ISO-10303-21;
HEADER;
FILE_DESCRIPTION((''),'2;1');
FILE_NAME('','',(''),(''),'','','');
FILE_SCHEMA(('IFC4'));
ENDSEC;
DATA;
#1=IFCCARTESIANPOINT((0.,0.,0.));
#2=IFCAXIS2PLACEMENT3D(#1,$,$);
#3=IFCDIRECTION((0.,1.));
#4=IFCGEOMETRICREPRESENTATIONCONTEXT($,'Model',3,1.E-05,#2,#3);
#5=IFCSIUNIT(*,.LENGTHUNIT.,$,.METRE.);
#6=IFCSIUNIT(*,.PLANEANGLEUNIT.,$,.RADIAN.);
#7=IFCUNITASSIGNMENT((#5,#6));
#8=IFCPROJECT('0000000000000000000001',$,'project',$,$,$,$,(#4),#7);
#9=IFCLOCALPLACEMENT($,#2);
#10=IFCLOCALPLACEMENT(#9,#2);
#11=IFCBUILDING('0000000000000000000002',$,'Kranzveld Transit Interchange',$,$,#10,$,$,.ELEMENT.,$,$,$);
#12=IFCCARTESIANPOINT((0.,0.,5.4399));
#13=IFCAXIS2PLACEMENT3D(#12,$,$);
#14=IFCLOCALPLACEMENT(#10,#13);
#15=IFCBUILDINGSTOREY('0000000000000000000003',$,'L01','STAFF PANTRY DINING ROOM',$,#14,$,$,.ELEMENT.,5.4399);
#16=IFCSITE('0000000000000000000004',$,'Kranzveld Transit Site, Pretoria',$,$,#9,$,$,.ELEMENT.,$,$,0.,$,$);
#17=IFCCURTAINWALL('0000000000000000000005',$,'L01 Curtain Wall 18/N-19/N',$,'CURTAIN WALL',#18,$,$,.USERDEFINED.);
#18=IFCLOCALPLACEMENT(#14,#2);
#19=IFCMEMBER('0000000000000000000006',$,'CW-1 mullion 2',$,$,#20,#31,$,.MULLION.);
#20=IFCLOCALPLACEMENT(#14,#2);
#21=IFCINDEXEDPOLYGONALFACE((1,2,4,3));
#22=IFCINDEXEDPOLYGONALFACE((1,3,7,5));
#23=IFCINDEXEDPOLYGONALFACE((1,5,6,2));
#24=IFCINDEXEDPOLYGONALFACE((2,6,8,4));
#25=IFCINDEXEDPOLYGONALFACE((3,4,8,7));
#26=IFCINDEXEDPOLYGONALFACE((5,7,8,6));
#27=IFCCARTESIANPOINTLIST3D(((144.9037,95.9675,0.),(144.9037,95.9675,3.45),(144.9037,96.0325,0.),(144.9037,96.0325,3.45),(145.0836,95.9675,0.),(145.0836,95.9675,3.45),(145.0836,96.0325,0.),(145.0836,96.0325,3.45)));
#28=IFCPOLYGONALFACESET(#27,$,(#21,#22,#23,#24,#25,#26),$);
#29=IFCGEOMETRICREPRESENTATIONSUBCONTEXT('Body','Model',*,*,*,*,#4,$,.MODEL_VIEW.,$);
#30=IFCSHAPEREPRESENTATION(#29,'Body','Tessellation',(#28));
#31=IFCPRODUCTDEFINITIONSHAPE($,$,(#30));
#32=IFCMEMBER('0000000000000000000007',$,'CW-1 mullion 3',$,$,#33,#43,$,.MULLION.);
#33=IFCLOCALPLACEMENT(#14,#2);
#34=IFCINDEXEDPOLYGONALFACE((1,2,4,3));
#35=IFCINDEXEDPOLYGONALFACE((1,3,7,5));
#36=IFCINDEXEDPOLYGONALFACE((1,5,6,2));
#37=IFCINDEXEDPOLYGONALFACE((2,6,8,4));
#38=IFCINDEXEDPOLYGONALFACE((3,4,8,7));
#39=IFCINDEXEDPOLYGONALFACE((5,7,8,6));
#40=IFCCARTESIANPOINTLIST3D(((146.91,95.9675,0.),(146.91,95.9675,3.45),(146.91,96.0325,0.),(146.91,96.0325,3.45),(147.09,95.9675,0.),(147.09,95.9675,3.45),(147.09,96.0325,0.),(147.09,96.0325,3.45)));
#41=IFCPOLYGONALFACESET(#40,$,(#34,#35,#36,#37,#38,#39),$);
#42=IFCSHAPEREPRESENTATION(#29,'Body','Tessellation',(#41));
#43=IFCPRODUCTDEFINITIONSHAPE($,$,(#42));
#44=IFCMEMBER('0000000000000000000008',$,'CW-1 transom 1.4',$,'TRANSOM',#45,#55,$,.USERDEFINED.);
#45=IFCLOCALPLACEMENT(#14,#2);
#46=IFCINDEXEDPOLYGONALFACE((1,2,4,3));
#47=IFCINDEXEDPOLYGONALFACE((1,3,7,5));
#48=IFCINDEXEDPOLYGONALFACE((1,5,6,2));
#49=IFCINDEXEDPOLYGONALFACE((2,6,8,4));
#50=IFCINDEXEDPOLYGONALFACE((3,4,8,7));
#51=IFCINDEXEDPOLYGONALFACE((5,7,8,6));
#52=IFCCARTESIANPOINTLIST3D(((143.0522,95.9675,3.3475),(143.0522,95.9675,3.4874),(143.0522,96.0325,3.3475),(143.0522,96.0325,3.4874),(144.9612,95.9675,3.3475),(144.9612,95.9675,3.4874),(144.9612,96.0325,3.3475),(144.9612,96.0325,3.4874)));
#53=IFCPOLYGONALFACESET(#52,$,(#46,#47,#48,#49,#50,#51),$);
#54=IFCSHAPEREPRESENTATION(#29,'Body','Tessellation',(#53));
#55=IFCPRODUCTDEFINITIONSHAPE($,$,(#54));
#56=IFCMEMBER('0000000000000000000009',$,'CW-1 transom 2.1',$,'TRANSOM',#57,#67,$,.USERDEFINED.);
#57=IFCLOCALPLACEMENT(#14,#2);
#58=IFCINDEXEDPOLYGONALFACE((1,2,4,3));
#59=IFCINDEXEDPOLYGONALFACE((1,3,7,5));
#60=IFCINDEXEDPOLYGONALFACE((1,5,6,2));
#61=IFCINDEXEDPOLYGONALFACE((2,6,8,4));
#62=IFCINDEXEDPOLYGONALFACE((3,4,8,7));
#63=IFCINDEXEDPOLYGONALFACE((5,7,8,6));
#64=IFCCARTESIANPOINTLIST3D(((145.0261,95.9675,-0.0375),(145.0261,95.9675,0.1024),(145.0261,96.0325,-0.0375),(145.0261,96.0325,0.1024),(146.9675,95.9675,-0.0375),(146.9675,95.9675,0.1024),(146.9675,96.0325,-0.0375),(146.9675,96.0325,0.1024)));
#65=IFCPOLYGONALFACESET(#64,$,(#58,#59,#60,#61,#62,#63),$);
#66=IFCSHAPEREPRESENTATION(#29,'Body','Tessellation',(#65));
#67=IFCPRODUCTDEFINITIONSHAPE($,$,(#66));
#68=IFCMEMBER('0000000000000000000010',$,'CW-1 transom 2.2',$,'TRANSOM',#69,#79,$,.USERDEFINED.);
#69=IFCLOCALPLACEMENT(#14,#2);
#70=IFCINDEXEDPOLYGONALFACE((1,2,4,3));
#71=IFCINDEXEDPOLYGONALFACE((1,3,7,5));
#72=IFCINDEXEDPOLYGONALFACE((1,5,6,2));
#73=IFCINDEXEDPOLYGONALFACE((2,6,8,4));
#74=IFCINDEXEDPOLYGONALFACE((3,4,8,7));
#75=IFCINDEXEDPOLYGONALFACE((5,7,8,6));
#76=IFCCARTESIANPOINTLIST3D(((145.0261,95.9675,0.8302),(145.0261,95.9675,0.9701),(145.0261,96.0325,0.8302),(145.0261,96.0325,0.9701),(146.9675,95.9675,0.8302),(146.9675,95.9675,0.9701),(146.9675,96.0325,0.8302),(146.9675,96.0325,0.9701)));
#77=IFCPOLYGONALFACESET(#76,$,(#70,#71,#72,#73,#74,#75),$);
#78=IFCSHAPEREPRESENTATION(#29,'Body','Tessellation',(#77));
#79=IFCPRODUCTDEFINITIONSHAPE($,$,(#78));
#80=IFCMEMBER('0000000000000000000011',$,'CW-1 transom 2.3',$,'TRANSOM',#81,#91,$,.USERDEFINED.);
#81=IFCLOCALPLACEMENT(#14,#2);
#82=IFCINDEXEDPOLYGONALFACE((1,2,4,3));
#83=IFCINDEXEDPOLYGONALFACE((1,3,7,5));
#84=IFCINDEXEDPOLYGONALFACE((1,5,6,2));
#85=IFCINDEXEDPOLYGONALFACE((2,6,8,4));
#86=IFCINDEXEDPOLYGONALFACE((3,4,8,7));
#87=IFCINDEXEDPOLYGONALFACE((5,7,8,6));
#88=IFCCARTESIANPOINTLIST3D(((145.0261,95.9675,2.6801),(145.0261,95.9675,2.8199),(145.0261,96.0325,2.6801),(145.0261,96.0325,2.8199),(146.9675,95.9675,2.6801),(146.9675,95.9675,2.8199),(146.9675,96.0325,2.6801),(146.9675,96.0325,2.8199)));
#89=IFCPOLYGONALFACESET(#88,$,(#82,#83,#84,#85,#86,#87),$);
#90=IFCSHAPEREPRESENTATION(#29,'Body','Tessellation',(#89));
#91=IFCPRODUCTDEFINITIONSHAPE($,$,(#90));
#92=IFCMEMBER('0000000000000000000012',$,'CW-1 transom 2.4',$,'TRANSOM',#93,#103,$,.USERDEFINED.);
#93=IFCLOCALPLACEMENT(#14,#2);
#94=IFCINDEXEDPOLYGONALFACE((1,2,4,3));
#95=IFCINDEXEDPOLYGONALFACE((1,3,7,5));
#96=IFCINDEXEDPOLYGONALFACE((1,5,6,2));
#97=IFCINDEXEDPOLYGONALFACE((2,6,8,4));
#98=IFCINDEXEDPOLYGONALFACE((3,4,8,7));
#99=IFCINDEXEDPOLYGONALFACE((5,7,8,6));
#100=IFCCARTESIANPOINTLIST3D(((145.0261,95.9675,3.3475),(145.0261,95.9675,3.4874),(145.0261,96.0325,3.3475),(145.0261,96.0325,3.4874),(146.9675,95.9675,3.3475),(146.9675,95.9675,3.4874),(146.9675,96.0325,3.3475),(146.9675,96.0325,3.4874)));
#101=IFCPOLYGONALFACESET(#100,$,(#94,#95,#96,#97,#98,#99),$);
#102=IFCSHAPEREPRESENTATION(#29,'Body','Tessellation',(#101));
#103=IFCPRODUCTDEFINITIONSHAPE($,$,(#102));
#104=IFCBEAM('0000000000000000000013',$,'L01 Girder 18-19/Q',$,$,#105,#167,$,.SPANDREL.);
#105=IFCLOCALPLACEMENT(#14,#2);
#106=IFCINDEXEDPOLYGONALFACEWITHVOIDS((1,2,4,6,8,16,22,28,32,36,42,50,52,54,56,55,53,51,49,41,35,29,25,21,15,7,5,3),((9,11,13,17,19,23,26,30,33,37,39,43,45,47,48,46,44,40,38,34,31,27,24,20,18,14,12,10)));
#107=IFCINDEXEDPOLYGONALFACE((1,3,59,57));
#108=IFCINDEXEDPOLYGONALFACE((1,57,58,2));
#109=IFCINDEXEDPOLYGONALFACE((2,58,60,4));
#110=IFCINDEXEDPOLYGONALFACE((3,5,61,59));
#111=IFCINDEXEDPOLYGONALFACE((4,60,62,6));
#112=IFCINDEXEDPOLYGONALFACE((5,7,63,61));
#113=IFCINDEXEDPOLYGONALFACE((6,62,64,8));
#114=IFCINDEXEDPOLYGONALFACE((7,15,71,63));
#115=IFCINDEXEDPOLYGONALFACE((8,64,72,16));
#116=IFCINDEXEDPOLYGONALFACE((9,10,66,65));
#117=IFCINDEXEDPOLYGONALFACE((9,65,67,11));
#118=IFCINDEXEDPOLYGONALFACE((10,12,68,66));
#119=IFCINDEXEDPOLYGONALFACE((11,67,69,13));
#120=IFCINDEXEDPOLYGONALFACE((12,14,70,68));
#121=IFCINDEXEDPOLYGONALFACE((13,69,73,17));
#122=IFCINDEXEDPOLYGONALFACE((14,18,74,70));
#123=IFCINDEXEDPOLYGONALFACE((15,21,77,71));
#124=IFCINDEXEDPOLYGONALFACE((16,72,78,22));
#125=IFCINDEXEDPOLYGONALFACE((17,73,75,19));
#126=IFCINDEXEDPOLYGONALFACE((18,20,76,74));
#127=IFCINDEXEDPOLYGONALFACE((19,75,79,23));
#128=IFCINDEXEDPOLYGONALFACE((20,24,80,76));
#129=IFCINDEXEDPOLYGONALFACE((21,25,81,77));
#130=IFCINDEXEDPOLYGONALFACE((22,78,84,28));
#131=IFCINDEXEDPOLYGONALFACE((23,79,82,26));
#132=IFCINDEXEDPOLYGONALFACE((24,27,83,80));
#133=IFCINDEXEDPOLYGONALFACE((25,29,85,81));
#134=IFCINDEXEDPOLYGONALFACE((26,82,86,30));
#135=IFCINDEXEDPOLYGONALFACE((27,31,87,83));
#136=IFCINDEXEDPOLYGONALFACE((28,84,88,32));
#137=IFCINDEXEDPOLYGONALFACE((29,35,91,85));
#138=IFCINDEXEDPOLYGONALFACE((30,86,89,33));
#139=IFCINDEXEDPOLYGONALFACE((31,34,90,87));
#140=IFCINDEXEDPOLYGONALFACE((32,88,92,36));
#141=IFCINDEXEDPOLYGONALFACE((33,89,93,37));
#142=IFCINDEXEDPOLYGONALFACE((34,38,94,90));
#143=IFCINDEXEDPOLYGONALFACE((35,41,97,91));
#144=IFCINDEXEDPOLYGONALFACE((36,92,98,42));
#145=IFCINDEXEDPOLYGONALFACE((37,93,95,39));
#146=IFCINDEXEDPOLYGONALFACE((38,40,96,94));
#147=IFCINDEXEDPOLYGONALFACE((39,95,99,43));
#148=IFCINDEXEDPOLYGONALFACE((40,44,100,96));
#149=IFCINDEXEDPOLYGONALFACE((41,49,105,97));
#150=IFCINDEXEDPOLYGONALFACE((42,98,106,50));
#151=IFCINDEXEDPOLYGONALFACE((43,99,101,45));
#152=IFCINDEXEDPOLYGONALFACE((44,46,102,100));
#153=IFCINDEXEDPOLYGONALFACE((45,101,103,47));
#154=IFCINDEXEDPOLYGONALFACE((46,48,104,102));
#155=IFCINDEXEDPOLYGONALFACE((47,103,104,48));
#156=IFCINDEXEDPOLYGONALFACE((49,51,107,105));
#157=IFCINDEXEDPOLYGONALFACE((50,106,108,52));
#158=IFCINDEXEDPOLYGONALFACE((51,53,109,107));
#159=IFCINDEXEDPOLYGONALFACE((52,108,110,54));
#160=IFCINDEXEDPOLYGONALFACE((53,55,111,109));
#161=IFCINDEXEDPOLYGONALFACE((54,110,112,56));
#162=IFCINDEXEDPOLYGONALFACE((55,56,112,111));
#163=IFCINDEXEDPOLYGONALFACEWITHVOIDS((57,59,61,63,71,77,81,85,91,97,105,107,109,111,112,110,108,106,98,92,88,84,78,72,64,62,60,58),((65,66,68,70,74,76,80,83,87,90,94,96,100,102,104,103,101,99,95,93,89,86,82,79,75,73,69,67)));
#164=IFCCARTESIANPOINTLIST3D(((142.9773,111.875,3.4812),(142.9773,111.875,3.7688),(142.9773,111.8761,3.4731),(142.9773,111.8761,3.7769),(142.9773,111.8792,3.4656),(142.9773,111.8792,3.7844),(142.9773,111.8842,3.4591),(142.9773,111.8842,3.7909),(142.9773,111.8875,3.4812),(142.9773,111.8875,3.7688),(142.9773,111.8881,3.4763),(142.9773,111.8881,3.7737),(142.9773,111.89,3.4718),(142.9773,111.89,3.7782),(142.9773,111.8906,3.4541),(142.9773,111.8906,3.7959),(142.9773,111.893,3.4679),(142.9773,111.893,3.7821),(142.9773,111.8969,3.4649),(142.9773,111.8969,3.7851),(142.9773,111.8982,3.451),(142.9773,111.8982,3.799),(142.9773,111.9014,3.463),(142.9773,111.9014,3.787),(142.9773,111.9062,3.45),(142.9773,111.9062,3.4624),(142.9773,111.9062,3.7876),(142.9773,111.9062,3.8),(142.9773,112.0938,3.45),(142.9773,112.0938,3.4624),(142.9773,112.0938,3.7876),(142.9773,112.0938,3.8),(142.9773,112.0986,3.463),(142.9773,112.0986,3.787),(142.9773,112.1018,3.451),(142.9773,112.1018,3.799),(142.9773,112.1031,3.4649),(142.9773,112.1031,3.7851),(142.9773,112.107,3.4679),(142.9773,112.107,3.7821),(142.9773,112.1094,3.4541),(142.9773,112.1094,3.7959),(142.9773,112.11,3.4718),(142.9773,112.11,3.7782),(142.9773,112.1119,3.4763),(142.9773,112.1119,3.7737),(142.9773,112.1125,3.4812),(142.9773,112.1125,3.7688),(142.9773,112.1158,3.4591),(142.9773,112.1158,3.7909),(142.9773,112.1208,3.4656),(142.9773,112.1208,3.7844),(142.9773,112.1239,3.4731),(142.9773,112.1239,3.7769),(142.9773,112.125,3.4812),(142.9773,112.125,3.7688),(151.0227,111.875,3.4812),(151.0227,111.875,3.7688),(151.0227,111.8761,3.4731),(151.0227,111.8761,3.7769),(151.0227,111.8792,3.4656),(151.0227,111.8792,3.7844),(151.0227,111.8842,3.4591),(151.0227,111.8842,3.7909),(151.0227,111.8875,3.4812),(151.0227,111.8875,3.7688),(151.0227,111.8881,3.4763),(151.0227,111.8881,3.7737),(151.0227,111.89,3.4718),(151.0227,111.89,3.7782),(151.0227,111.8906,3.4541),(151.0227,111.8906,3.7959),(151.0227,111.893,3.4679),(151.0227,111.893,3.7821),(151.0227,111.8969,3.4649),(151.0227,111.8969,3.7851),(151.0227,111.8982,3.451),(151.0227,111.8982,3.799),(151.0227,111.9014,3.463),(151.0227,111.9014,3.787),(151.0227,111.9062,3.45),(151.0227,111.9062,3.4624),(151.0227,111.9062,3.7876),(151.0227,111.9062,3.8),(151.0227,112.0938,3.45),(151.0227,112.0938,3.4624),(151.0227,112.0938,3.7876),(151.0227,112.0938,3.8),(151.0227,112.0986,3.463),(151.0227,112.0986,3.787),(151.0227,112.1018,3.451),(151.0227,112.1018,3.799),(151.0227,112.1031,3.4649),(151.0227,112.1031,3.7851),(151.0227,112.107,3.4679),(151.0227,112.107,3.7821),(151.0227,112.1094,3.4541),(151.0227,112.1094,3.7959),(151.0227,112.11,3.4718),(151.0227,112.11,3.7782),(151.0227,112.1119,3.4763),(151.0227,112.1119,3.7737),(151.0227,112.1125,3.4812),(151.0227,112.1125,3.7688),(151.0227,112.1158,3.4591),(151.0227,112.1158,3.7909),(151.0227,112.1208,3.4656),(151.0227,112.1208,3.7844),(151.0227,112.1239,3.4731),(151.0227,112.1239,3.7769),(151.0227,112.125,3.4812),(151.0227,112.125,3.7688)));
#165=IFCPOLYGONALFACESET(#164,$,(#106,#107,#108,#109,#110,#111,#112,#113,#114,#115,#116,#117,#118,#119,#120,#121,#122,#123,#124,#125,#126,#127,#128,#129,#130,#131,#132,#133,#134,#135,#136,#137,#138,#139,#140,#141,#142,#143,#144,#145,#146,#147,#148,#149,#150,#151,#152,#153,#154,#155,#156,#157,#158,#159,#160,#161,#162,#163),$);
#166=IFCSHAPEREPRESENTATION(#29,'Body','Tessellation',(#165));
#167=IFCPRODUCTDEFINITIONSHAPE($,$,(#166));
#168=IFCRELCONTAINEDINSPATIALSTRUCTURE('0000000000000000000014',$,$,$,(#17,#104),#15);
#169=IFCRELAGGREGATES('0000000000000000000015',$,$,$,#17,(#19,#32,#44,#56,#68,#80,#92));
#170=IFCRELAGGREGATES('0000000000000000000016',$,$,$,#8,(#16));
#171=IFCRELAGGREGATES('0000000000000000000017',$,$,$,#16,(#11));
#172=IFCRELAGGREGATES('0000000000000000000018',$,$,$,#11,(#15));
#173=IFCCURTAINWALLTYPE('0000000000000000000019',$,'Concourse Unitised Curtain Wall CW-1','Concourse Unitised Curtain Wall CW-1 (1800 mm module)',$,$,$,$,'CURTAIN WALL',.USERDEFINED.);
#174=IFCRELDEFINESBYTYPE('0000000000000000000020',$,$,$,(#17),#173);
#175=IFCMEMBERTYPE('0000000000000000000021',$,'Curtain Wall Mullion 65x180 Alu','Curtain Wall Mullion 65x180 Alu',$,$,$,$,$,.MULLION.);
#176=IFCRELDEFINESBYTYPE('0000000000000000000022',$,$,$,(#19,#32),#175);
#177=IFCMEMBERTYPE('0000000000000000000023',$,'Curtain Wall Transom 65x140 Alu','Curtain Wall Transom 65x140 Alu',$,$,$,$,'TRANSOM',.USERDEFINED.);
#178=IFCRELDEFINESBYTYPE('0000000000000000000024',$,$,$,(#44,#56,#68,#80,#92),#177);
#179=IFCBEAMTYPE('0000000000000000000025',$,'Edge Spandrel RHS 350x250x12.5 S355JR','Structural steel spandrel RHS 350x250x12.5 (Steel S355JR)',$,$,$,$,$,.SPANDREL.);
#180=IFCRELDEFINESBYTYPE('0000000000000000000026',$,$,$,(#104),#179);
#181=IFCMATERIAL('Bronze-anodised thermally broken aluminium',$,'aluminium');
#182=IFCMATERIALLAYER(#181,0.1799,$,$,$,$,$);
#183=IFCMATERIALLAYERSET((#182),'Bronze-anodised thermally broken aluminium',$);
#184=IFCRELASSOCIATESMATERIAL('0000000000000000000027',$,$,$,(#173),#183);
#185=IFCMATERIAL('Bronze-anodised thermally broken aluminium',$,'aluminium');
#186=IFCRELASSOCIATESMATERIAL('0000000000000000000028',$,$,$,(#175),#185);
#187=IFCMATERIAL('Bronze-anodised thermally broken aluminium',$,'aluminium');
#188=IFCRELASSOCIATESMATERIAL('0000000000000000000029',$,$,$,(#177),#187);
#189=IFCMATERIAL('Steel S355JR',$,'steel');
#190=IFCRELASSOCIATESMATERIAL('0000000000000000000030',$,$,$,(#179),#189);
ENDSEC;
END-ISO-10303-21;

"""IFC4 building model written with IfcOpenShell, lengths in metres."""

from ifc_helpers import new_model, si_unit, direction, frame, origin, origin_2d, place, context, subcontext, project, spatial, rectangle, hollow_rectangle, extrude, material, layer, layer_set, material_profile, profile_set, type_object, element, aggregate, save


model = new_model("IFC4")

# Units and contexts
model_context = context("Model", 3, precision=1e-05, world=origin(), true_north=direction((0.0, 1.0)))
body_context = subcontext(model_context, "Body", "Model", "MODEL_VIEW")
ifc_project = project(units=[si_unit("LENGTHUNIT", "METRE"), si_unit("PLANEANGLEUNIT", "RADIAN")], contexts=[model_context])

# Site, building, storey
site_placement = place(None, origin())
site = spatial("IfcSite", under=ifc_project, at=site_placement, Name="Kranzveld Transit Site, Pretoria", CompositionType="ELEMENT", RefElevation=0.0)
building_placement = place(site_placement, origin())
building = spatial("IfcBuilding", under=site, at=building_placement, Name="Kranzveld Transit Interchange", CompositionType="ELEMENT")
storey_placement = place(building_placement, frame((0.0, 0.0, 5.4399)))
storey = spatial("IfcBuildingStorey", under=building, at=storey_placement, Name="L01", Description="STAFF PANTRY DINING ROOM", CompositionType="ELEMENT", Elevation=5.4399)

# Curtain wall, members
ifc_material_1 = material(Name="Bronze-anodised thermally broken aluminium", Category="aluminium")
ifc_layer_1 = layer(ifc_material_1, 0.1799)
ifc_layer_set_1 = layer_set([ifc_layer_1], Name="Bronze-anodised thermally broken aluminium")
curtain_wall_type = type_object("IfcCurtainWallType", Name="Concourse Unitised Curtain Wall CW-1", Description="Concourse Unitised Curtain Wall CW-1 (1800 mm module)", ElementType="CURTAIN WALL", PredefinedType="USERDEFINED", material=ifc_layer_set_1)
curtain_wall_placement = place(storey_placement, origin())
curtain_wall = element("IfcCurtainWall", 1, at=curtain_wall_placement, inside=storey, type_object=curtain_wall_type, Name="L01 Curtain Wall 18/N-19/N", ObjectType="CURTAIN WALL", PredefinedType="USERDEFINED")
ifc_material_2 = material(Name="Bronze-anodised thermally broken aluminium", Category="aluminium")
ifc_material_profile_1 = material_profile(ifc_material_2, rectangle(XDim=0.0649, YDim=0.1799, at=origin_2d()), Name="ALU MULLION 65x180")
ifc_profile_set_1 = profile_set([ifc_material_profile_1], Name="Bronze-anodised thermally broken aluminium")
member_type_1 = type_object("IfcMemberType", Name="Curtain Wall Mullion 65x180 Alu", Description="Curtain Wall Mullion 65x180 Alu", PredefinedType="MULLION", material=ifc_profile_set_1)
member_1_placement = place(storey_placement, frame((144.9937, 96.0, 0.0), z_axis=(0.0, 0.0, 1.0), x_axis=(0.0, 1.0, 0.0)))
member_1 = element("IfcMember", 2, at=member_1_placement, type_object=member_type_1, Name="CW-1 mullion 2", PredefinedType="MULLION", context=body_context, shape_type="SweptSolid", body=[
    extrude(rectangle(XDim=0.0649, YDim=0.1799, at=origin_2d()), origin(), (0.0, 0.0, 1.0), 3.45),
])
member_2_placement = place(storey_placement, frame((147.0, 96.0, 0.0), z_axis=(0.0, 0.0, 1.0), x_axis=(0.0, 1.0, 0.0)))
member_2 = element("IfcMember", 3, at=member_2_placement, type_object=member_type_1, Name="CW-1 mullion 3", PredefinedType="MULLION", context=body_context, shape_type="SweptSolid", body=[
    extrude(rectangle(XDim=0.0649, YDim=0.1799, at=origin_2d()), origin(), (0.0, 0.0, 1.0), 3.45),
])
ifc_material_3 = material(Name="Bronze-anodised thermally broken aluminium", Category="aluminium")
ifc_material_profile_2 = material_profile(ifc_material_3, rectangle(XDim=0.0649, YDim=0.1399, at=origin_2d()), Name="ALU TRANSOM 65x140")
ifc_profile_set_2 = profile_set([ifc_material_profile_2], Name="Bronze-anodised thermally broken aluminium")
member_type_2 = type_object("IfcMemberType", Name="Curtain Wall Transom 65x140 Alu", Description="Curtain Wall Transom 65x140 Alu", ElementType="TRANSOM", PredefinedType="USERDEFINED", material=ifc_profile_set_2)
member_3_placement = place(storey_placement, frame((143.0522, 96.0, 3.4175), z_axis=(1.0, 0.0, 0.0), x_axis=(0.0, 1.0, 0.0)))
member_3 = element("IfcMember", 4, at=member_3_placement, type_object=member_type_2, Name="CW-1 transom 1.4", ObjectType="TRANSOM", PredefinedType="USERDEFINED", context=body_context, shape_type="SweptSolid", body=[
    extrude(rectangle(XDim=0.0649, YDim=0.1399, at=origin_2d()), origin(), (0.0, 0.0, 1.0), 1.9089),
])
member_4_placement = place(storey_placement, frame((145.0261, 96.0, 0.0325), z_axis=(1.0, 0.0, 0.0), x_axis=(0.0, 1.0, 0.0)))
member_4 = element("IfcMember", 5, at=member_4_placement, type_object=member_type_2, Name="CW-1 transom 2.1", ObjectType="TRANSOM", PredefinedType="USERDEFINED", context=body_context, shape_type="SweptSolid", body=[
    extrude(rectangle(XDim=0.0649, YDim=0.1399, at=origin_2d()), origin(), (0.0, 0.0, 1.0), 1.9414),
])
member_5_placement = place(storey_placement, frame((145.0261, 96.0, 0.9001), z_axis=(1.0, 0.0, 0.0), x_axis=(0.0, 1.0, 0.0)))
member_5 = element("IfcMember", 6, at=member_5_placement, type_object=member_type_2, Name="CW-1 transom 2.2", ObjectType="TRANSOM", PredefinedType="USERDEFINED", context=body_context, shape_type="SweptSolid", body=[
    extrude(rectangle(XDim=0.0649, YDim=0.1399, at=origin_2d()), origin(), (0.0, 0.0, 1.0), 1.9414),
])
member_6_placement = place(storey_placement, frame((145.0261, 96.0, 2.75), z_axis=(1.0, 0.0, 0.0), x_axis=(0.0, 1.0, 0.0)))
member_6 = element("IfcMember", 7, at=member_6_placement, type_object=member_type_2, Name="CW-1 transom 2.3", ObjectType="TRANSOM", PredefinedType="USERDEFINED", context=body_context, shape_type="SweptSolid", body=[
    extrude(rectangle(XDim=0.0649, YDim=0.1399, at=origin_2d()), origin(), (0.0, 0.0, 1.0), 1.9414),
])
member_7_placement = place(storey_placement, frame((145.0261, 96.0, 3.4175), z_axis=(1.0, 0.0, 0.0), x_axis=(0.0, 1.0, 0.0)))
member_7 = element("IfcMember", 8, at=member_7_placement, type_object=member_type_2, Name="CW-1 transom 2.4", ObjectType="TRANSOM", PredefinedType="USERDEFINED", context=body_context, shape_type="SweptSolid", body=[
    extrude(rectangle(XDim=0.0649, YDim=0.1399, at=origin_2d()), origin(), (0.0, 0.0, 1.0), 1.9414),
])

# Beam
ifc_material_4 = material(Name="Steel S355JR", Category="steel")
ifc_material_profile_3 = material_profile(ifc_material_4, hollow_rectangle(XDim=0.25, YDim=0.3501, WallThickness=0.0125, InnerFilletRadius=0.0188, OuterFilletRadius=0.0312, at=origin_2d()), Name="RHS 350x250x12.5")
ifc_profile_set_3 = profile_set([ifc_material_profile_3], Name="Steel S355JR")
beam_type_1 = type_object("IfcBeamType", Name="Edge Spandrel RHS 350x250x12.5 S355JR", Description="Structural steel spandrel RHS 350x250x12.5 (Steel S355JR)", PredefinedType="SPANDREL", material=ifc_profile_set_3)
beam_1_placement = place(storey_placement, frame((142.9773, 112.0, 3.625), z_axis=(1.0, 0.0, 0.0), x_axis=(0.0, 1.0, 0.0)))
element("IfcBeam", 9, at=beam_1_placement, inside=storey, type_object=beam_type_1, Name="L01 Girder 18-19/Q", PredefinedType="SPANDREL", context=body_context, shape_type="SweptSolid", body=[
    extrude(hollow_rectangle(XDim=0.25, YDim=0.3501, WallThickness=0.0125, InnerFilletRadius=0.0188, OuterFilletRadius=0.0312, at=origin_2d()), origin(), (0.0, 0.0, 1.0), 8.0454),
])

aggregate(curtain_wall, [member_1, member_2, member_3, member_4, member_5, member_6, member_7])

save(model, "model.ifc")
